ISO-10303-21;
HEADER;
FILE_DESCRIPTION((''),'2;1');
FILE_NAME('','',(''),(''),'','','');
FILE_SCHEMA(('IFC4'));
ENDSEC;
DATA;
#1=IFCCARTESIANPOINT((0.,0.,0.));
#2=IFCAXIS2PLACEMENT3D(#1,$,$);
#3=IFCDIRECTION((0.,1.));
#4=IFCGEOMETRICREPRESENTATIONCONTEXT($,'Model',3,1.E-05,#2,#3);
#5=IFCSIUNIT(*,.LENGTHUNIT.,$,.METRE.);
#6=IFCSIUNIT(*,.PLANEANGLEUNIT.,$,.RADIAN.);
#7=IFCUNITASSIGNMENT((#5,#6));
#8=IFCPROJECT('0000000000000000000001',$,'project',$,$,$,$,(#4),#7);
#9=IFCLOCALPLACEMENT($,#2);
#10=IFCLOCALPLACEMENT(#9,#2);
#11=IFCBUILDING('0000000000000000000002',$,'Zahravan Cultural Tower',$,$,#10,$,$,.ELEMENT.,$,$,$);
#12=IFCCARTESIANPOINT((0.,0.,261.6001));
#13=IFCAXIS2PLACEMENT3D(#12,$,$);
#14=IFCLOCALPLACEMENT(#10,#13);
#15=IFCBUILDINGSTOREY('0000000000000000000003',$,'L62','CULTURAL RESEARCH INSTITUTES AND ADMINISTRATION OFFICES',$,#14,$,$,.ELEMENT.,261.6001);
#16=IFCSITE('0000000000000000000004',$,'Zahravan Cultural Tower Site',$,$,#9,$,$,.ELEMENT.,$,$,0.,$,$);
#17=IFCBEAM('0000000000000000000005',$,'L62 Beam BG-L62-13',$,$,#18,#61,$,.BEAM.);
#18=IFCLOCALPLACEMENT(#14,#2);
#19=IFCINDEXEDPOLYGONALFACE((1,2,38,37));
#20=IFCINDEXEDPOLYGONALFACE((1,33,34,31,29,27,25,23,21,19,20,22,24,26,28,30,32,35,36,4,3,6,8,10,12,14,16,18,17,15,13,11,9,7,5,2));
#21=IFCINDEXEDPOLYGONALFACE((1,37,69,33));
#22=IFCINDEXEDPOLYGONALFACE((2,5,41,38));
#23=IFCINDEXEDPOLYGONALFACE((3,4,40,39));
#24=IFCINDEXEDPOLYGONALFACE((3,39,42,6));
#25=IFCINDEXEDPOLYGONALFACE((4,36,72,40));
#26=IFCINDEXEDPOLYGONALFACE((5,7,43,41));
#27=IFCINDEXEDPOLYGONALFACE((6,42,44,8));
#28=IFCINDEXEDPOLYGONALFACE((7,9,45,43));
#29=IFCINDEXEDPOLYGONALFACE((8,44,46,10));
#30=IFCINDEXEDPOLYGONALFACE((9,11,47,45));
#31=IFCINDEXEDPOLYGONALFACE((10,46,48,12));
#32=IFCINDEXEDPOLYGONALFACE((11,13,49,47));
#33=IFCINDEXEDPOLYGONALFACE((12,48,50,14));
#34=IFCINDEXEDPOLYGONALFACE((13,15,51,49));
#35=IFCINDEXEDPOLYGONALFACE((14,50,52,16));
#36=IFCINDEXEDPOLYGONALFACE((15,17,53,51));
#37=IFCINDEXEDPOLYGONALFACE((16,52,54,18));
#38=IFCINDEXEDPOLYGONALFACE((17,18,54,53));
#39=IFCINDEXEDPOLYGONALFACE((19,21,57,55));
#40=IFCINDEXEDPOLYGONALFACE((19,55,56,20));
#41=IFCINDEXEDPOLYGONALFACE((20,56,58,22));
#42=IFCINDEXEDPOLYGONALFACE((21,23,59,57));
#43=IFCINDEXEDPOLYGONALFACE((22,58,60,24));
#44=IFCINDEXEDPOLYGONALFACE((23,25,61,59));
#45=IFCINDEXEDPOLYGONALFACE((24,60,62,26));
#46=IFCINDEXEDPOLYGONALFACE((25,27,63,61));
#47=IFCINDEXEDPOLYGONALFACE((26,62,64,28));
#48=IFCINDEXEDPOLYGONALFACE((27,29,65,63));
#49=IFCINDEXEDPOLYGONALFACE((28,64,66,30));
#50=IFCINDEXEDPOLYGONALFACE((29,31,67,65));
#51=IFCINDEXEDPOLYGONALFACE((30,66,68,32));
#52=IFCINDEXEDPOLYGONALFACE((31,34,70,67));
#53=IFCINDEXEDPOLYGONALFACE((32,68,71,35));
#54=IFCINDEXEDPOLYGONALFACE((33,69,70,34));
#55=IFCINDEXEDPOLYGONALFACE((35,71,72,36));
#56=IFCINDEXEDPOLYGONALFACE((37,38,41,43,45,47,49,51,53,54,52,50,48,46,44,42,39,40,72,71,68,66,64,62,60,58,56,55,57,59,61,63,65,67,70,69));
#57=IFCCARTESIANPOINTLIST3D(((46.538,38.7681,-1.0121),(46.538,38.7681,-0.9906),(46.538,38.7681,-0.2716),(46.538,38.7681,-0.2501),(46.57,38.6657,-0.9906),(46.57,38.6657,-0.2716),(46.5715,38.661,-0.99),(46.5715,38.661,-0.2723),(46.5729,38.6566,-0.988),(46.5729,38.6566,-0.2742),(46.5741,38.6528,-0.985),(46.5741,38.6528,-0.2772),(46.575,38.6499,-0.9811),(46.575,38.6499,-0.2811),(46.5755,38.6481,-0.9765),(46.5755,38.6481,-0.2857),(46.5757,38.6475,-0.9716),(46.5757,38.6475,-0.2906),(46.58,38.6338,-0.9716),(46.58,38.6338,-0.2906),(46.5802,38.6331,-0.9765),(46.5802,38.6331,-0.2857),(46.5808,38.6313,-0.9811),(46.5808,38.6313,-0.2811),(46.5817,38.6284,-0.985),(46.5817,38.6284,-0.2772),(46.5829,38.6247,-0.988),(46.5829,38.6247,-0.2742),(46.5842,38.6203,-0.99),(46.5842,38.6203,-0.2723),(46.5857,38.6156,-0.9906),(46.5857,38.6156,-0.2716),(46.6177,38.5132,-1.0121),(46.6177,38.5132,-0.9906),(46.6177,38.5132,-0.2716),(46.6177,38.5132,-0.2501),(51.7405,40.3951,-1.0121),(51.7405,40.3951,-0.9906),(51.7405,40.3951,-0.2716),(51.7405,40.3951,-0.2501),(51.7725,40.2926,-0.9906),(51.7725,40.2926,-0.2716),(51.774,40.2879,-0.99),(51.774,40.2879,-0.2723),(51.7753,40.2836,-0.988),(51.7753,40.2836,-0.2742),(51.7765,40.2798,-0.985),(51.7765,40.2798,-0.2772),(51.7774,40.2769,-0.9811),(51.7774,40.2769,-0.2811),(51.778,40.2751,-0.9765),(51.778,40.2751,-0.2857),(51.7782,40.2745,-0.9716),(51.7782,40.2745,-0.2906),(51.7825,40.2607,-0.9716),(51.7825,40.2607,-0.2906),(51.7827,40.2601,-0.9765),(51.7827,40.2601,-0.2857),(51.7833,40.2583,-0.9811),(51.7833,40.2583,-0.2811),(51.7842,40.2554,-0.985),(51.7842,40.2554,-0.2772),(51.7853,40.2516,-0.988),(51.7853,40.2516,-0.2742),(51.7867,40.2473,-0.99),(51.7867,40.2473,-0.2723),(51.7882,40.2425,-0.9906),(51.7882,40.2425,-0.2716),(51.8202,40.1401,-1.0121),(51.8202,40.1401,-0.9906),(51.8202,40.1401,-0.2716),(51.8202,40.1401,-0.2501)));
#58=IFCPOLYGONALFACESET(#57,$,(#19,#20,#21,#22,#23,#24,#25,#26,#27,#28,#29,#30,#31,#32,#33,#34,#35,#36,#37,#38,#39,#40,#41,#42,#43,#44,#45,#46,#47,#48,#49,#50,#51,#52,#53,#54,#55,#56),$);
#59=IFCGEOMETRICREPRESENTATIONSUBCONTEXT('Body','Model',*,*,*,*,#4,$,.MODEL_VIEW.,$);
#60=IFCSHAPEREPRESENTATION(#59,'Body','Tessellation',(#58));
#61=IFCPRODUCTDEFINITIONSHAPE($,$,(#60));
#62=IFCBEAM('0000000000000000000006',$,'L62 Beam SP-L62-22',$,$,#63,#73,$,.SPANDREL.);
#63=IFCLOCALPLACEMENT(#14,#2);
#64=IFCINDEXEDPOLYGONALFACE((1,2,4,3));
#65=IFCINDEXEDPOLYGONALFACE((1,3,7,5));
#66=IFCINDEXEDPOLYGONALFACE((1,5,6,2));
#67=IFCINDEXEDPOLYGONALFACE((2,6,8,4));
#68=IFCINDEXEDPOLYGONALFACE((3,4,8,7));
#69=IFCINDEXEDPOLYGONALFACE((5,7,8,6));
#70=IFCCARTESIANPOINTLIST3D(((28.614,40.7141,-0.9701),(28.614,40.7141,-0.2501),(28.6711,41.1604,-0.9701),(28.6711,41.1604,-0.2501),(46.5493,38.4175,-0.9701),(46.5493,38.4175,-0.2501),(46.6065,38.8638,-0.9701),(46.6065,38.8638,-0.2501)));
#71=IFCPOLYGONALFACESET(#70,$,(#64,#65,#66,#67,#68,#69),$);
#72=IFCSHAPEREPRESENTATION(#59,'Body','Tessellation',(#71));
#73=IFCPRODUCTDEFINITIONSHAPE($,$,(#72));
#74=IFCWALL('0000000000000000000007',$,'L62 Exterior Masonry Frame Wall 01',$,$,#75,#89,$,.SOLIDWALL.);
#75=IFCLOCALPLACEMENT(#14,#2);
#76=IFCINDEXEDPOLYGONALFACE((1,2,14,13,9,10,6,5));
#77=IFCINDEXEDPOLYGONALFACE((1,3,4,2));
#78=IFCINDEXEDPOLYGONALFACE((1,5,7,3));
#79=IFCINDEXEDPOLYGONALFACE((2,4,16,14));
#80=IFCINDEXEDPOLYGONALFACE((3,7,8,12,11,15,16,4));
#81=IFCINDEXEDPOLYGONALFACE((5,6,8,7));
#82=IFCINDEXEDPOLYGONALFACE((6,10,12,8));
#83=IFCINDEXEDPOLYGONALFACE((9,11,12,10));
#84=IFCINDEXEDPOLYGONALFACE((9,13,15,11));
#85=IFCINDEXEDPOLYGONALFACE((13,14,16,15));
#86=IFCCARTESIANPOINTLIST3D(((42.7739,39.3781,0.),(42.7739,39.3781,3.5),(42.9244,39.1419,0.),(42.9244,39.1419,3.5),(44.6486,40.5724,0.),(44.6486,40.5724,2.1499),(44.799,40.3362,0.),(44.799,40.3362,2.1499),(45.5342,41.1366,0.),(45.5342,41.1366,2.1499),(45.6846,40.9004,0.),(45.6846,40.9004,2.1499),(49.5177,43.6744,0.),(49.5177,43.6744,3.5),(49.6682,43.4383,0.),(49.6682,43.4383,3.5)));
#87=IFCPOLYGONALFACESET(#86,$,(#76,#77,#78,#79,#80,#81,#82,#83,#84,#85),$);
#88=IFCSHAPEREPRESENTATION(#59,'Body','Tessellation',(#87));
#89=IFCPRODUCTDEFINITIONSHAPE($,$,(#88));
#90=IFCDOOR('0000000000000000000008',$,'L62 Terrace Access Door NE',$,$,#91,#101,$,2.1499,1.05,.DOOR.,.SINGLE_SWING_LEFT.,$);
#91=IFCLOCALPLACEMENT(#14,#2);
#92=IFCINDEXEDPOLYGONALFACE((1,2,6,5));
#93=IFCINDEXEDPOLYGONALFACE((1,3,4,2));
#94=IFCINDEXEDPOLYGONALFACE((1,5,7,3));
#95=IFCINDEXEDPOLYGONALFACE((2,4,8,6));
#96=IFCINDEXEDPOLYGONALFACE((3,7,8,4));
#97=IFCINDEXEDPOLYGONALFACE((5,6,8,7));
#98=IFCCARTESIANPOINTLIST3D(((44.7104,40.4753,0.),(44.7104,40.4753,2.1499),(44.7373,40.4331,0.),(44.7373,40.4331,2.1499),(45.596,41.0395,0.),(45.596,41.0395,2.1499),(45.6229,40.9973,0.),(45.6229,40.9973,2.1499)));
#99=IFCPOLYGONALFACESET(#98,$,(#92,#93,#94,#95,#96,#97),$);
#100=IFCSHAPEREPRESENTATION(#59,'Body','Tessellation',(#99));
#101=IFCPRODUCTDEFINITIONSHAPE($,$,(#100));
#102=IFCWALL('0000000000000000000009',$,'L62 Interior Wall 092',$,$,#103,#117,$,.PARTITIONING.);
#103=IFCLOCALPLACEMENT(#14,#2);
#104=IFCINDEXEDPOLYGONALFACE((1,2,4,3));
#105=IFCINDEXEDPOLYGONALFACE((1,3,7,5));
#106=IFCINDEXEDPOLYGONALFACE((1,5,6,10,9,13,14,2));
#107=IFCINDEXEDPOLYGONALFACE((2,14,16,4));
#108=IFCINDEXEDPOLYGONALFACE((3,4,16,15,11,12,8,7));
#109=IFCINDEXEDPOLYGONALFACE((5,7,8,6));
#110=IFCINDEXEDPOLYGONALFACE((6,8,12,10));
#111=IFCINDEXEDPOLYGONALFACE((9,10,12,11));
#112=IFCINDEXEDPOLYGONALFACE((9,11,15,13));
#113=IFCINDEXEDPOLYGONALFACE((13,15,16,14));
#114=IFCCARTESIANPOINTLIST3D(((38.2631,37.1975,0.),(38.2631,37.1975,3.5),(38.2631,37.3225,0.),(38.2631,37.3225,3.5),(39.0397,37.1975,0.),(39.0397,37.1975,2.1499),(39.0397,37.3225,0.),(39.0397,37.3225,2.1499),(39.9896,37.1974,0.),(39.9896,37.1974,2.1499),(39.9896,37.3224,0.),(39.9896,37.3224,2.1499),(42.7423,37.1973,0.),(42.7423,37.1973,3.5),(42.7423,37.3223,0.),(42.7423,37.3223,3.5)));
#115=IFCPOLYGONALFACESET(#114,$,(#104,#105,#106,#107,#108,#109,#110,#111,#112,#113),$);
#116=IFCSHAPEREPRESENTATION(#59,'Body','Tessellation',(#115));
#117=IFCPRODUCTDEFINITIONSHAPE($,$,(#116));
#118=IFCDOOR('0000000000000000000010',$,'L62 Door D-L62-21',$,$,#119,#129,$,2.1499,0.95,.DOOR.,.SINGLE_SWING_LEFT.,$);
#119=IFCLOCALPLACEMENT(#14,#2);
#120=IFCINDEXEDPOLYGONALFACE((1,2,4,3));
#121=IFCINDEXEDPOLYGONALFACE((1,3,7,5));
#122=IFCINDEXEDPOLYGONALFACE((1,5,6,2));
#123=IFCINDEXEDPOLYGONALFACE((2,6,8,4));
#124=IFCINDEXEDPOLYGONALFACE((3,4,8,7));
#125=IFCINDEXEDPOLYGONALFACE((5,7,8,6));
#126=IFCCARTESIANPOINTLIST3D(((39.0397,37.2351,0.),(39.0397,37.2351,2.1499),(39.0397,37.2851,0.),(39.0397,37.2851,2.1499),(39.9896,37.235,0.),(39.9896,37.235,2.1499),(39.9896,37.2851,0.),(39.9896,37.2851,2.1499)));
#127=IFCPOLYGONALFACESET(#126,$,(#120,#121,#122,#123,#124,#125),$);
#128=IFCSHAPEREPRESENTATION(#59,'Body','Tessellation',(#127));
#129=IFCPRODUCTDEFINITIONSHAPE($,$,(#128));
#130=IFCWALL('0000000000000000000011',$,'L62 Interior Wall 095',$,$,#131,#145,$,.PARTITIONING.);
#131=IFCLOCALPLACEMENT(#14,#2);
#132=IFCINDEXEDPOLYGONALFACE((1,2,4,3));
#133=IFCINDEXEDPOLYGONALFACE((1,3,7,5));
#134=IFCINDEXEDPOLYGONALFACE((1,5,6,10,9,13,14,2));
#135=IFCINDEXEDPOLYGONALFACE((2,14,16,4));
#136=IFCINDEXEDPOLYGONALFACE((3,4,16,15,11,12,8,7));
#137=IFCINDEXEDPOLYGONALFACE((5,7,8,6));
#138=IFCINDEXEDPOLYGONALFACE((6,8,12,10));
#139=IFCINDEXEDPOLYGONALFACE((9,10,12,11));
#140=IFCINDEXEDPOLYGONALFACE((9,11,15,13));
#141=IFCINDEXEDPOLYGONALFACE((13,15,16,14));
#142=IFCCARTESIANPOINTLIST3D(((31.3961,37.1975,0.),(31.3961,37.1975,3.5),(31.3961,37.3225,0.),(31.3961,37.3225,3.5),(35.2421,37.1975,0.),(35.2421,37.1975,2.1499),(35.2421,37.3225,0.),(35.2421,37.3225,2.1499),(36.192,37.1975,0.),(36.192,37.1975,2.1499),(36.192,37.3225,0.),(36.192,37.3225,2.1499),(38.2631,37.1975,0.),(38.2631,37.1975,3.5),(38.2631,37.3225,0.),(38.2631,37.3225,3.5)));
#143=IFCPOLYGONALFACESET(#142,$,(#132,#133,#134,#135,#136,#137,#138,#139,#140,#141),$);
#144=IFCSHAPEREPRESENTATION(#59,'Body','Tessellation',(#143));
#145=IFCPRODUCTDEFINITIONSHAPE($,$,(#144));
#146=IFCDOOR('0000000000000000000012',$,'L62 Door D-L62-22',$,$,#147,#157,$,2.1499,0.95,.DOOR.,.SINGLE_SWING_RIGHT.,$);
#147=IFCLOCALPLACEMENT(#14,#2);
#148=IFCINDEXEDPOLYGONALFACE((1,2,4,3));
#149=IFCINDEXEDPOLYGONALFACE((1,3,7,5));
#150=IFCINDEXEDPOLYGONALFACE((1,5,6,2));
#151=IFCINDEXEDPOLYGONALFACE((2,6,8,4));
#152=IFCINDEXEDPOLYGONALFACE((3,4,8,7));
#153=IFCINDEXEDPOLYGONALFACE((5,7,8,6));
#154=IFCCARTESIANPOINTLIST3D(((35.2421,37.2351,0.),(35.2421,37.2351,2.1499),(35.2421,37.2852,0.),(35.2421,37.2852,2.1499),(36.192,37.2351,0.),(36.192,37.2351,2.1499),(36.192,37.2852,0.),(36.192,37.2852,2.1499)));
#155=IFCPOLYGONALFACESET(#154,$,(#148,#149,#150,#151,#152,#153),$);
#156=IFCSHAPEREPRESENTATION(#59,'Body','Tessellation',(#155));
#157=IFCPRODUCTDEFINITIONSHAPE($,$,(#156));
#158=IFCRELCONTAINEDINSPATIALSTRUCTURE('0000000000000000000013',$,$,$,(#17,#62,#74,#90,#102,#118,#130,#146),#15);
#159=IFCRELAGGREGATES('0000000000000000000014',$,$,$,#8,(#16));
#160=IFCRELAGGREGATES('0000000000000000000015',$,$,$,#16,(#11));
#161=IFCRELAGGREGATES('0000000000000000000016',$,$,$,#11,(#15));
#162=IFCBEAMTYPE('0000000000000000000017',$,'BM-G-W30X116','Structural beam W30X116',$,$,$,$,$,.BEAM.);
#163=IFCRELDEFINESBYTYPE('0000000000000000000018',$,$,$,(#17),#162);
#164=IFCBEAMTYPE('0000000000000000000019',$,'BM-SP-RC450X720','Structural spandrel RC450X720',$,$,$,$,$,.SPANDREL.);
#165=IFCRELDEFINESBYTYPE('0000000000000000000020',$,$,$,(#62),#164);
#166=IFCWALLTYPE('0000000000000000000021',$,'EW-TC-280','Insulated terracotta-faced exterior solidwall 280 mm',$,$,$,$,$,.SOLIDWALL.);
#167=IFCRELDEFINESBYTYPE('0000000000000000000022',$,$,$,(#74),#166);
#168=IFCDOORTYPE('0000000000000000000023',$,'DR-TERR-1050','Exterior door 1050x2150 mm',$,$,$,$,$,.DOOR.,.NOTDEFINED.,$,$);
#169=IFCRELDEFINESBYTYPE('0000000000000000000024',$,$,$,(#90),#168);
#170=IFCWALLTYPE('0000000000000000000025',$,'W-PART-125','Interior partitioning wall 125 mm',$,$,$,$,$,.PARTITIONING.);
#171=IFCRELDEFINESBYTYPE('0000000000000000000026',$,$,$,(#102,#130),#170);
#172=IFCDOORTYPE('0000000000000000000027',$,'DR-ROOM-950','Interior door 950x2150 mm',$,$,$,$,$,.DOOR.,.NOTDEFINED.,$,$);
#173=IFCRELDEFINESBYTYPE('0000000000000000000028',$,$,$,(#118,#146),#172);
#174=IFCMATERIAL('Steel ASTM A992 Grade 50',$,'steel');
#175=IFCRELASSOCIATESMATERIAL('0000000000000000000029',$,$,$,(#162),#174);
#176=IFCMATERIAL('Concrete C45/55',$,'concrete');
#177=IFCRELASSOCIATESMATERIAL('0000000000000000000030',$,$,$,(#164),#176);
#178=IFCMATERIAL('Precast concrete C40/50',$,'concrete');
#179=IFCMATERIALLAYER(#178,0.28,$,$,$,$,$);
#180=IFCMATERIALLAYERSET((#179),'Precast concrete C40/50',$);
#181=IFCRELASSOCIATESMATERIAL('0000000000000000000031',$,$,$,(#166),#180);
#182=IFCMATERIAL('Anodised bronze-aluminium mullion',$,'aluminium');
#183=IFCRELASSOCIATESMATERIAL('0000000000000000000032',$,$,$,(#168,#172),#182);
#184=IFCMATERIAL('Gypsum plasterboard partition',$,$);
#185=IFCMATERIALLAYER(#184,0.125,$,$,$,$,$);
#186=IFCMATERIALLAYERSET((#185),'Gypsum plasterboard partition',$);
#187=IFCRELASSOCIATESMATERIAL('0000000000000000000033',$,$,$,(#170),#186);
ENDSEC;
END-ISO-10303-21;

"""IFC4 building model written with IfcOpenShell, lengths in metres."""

from ifc_helpers import new_model, si_unit, direction, frame, frame_2d, origin, origin_2d, place, context, subcontext, project, spatial, rectangle, i_section, extrude, source, transform, mapped, material, layer, layer_set, material_profile, profile_set, type_object, element, fill, save


model = new_model("IFC4")

# Units and contexts
model_context = context("Model", 3, precision=1e-05, world=origin(), true_north=direction((0.0, 1.0)))
body_context = subcontext(model_context, "Body", "Model", "MODEL_VIEW")
ifc_project = project(units=[si_unit("LENGTHUNIT", "METRE"), si_unit("PLANEANGLEUNIT", "RADIAN")], contexts=[model_context])

# Site, building, storey
site_placement = place(None, origin())
site = spatial("IfcSite", under=ifc_project, at=site_placement, Name="Zahravan Cultural Tower Site", CompositionType="ELEMENT", RefElevation=0.0)
building_placement = place(site_placement, origin())
building = spatial("IfcBuilding", under=site, at=building_placement, Name="Zahravan Cultural Tower", CompositionType="ELEMENT")
storey_placement = place(building_placement, frame((0.0, 0.0, 261.6001)))
storey = spatial("IfcBuildingStorey", under=building, at=storey_placement, Name="L62", Description="CULTURAL RESEARCH INSTITUTES AND ADMINISTRATION OFFICES", CompositionType="ELEMENT", Elevation=261.6001)

# Shared definitions
ifc_material_1 = material(Name="Steel ASTM A992 Grade 50", Category="steel")

# Beams
ifc_material_profile_1 = material_profile(ifc_material_1, i_section(OverallWidth=0.2671, OverallDepth=0.762, WebThickness=0.0144, FlangeThickness=0.0215, FilletRadius=0.019, at=origin_2d()), Name="W30X116")
ifc_profile_set_1 = profile_set([ifc_material_profile_1], Name="Steel ASTM A992 Grade 50")
beam_type_1 = type_object("IfcBeamType", Name="BM-G-W30X116", Description="Structural beam W30X116", PredefinedType="BEAM", material=ifc_profile_set_1)
shared_shape_1 = source(origin(), body_context, "Body", "SweptSolid", [
    extrude(i_section(OverallWidth=0.2671, OverallDepth=0.762, WebThickness=0.0144, FlangeThickness=0.0215, FilletRadius=0.019, at=origin_2d()), origin(), (0.0, 0.0, 1.0), 5.4509),
])
beam_1_placement = place(storey_placement, frame((46.5779, 38.6406, -0.6311), z_axis=(0.954417, 0.298476, 0.0), x_axis=(-0.298476, 0.954417, 0.0)))
element("IfcBeam", 1, at=beam_1_placement, inside=storey, type_object=beam_type_1, Name="L62 Beam BG-L62-13", PredefinedType="BEAM", context=body_context, shape_type="MappedRepresentation", body=[
    mapped(shared_shape_1, transform((0.0, 0.0, 0.0), x_axis=(1.0, 0.0, 0.0), y_axis=(0.0, 1.0, 0.0), z_axis=(0.0, 0.0, 1.0), scale=1.0)),
])
ifc_material_2 = material(Name="Concrete C45/55", Category="concrete")
ifc_material_profile_2 = material_profile(ifc_material_2, rectangle(XDim=0.45, YDim=0.72, at=origin_2d()), Name="RC450X720")
ifc_profile_set_2 = profile_set([ifc_material_profile_2], Name="Concrete C45/55")
beam_type_2 = type_object("IfcBeamType", Name="BM-SP-RC450X720", Description="Structural spandrel RC450X720", PredefinedType="SPANDREL", material=ifc_profile_set_2)
shared_shape_2 = source(origin(), body_context, "Body", "SweptSolid", [
    extrude(rectangle(XDim=0.45, YDim=0.72, at=origin_2d()), origin(), (0.0, 0.0, 1.0), 18.0818),
])
beam_2_placement = place(storey_placement, frame((46.5779, 38.6406, -0.6101), z_axis=(-0.991901, 0.127014, 0.0), x_axis=(-0.127014, -0.991901, 0.0)))
element("IfcBeam", 2, at=beam_2_placement, inside=storey, type_object=beam_type_2, Name="L62 Beam SP-L62-22", PredefinedType="SPANDREL", context=body_context, shape_type="MappedRepresentation", body=[
    mapped(shared_shape_2, transform((0.0, 0.0, 0.0), x_axis=(1.0, 0.0, 0.0), y_axis=(0.0, 1.0, 0.0), z_axis=(0.0, 0.0, 1.0), scale=1.0)),
])

# Walls, openings, doors
ifc_material_3 = material(Name="Precast concrete C40/50", Category="concrete")
ifc_layer_1 = layer(ifc_material_3, 0.28)
ifc_layer_set_1 = layer_set([ifc_layer_1], Name="Precast concrete C40/50")
wall_type_1 = type_object("IfcWallType", Name="EW-TC-280", Description="Insulated terracotta-faced exterior solidwall 280 mm", PredefinedType="SOLIDWALL", material=ifc_layer_set_1)
wall_1_placement = place(storey_placement, frame((42.8491, 39.26, 0.0), z_axis=(0.0, 0.0, 1.0), x_axis=(0.843389, 0.537304, 0.0)))
wall_1 = element("IfcWall", 3, at=wall_1_placement, inside=storey, type_object=wall_type_1, Name="L62 Exterior Masonry Frame Wall 01", PredefinedType="SOLIDWALL", context=body_context, shape_type="SweptSolid", body=[
    extrude(rectangle(XDim=7.9961, YDim=0.28, at=frame_2d((3.998, 0.0))), origin(), (0.0, 0.0, 1.0), 3.5),
])
opening_1_placement = place(wall_1_placement, frame((2.2229, 0.0, 0.0)))
opening_1 = element("IfcOpeningElement", 4, at=opening_1_placement, cuts=wall_1, PredefinedType="OPENING", context=body_context, shape_type="SweptSolid", body=[
    extrude(rectangle(XDim=1.05, YDim=2.1499, at=frame_2d((0.5249, 1.075))), frame((0.0, 0.1499, 0.0), z_axis=(0.0, -1.0, 0.0), x_axis=(1.0, 0.0, 0.0)), (0.0, 0.0, 1.0), 0.3),
])
ifc_material_4 = material(Name="Anodised bronze-aluminium mullion", Category="aluminium")
door_type_1 = type_object("IfcDoorType", Name="DR-TERR-1050", Description="Exterior door 1050x2150 mm", OperationType="NOTDEFINED", PredefinedType="DOOR", material=ifc_material_4)
shared_shape_3 = source(origin(), body_context, "Body", "SweptSolid", [
    extrude(rectangle(XDim=1.05, YDim=2.1499, at=frame_2d((0.5249, 1.075))), frame((0.0, 0.0249, 0.0), z_axis=(0.0, -1.0, 0.0), x_axis=(1.0, 0.0, 0.0)), (0.0, 0.0, 1.0), 0.05),
])
door_1_placement = place(opening_1_placement, origin())
door_1 = element("IfcDoor", 5, at=door_1_placement, inside=storey, type_object=door_type_1, Name="L62 Terrace Access Door NE", OperationType="SINGLE_SWING_LEFT", OverallHeight=2.1499, OverallWidth=1.05, PredefinedType="DOOR", context=body_context, shape_type="MappedRepresentation", body=[
    mapped(shared_shape_3, transform((0.0, 0.0, 0.0), x_axis=(1.0, 0.0, 0.0), y_axis=(0.0, 1.0, 0.0), z_axis=(0.0, 0.0, 1.0), scale=1.0)),
])
fill(opening_1, door_1)
ifc_material_5 = material(Name="Gypsum plasterboard partition")
ifc_layer_2 = layer(ifc_material_5, 0.125)
ifc_layer_set_2 = layer_set([ifc_layer_2], Name="Gypsum plasterboard partition")
wall_type_2 = type_object("IfcWallType", Name="W-PART-125", Description="Interior partitioning wall 125 mm", PredefinedType="PARTITIONING", material=ifc_layer_set_2)
wall_2_placement = place(storey_placement, frame((42.7424, 37.2598, 0.0), z_axis=(0.0, 0.0, 1.0), x_axis=(-1.0, 0.000055, 0.0)))
wall_2 = element("IfcWall", 6, at=wall_2_placement, inside=storey, type_object=wall_type_2, Name="L62 Interior Wall 092", PredefinedType="PARTITIONING", context=body_context, shape_type="SweptSolid", body=[
    extrude(rectangle(XDim=4.4792, YDim=0.125, at=frame_2d((2.2397, 0.0))), origin(), (0.0, 0.0, 1.0), 3.5),
])
opening_2_placement = place(wall_2_placement, frame((2.7527, 0.0, 0.0)))
opening_2 = element("IfcOpeningElement", 7, at=opening_2_placement, cuts=wall_2, PredefinedType="OPENING", context=body_context, shape_type="SweptSolid", body=[
    extrude(rectangle(XDim=0.95, YDim=2.1499, at=frame_2d((0.4751, 1.075))), frame((0.0, 0.0725, 0.0), z_axis=(0.0, -1.0, 0.0), x_axis=(1.0, 0.0, 0.0)), (0.0, 0.0, 1.0), 0.145),
])
door_type_2 = type_object("IfcDoorType", Name="DR-ROOM-950", Description="Interior door 950x2150 mm", OperationType="NOTDEFINED", PredefinedType="DOOR", material=ifc_material_4)
shared_shape_4 = source(origin(), body_context, "Body", "SweptSolid", [
    extrude(rectangle(XDim=0.95, YDim=2.1499, at=frame_2d((0.4751, 1.075))), frame((0.0, 0.0249, 0.0), z_axis=(0.0, -1.0, 0.0), x_axis=(1.0, 0.0, 0.0)), (0.0, 0.0, 1.0), 0.05),
])
door_2_placement = place(opening_2_placement, origin())
door_2 = element("IfcDoor", 8, at=door_2_placement, inside=storey, type_object=door_type_2, Name="L62 Door D-L62-21", OperationType="SINGLE_SWING_LEFT", OverallHeight=2.1499, OverallWidth=0.95, PredefinedType="DOOR", context=body_context, shape_type="MappedRepresentation", body=[
    mapped(shared_shape_4, transform((0.0, 0.0, 0.0), x_axis=(1.0, 0.0, 0.0), y_axis=(0.0, 1.0, 0.0), z_axis=(0.0, 0.0, 1.0), scale=1.0)),
])
fill(opening_2, door_2)
wall_3_placement = place(storey_placement, frame((38.2632, 37.26, 0.0), z_axis=(0.0, 0.0, 1.0), x_axis=(-1.0, 0.0, 0.0)))
wall_3 = element("IfcWall", 9, at=wall_3_placement, inside=storey, type_object=wall_type_2, Name="L62 Interior Wall 095", PredefinedType="PARTITIONING", context=body_context, shape_type="SweptSolid", body=[
    extrude(rectangle(XDim=6.8669, YDim=0.125, at=frame_2d((3.4336, 0.0))), origin(), (0.0, 0.0, 1.0), 3.5),
])
opening_3_placement = place(wall_3_placement, frame((2.071, 0.0, 0.0)))
opening_3 = element("IfcOpeningElement", 10, at=opening_3_placement, cuts=wall_3, PredefinedType="OPENING", context=body_context, shape_type="SweptSolid", body=[
    extrude(rectangle(XDim=0.95, YDim=2.1499, at=frame_2d((0.4751, 1.075))), frame((0.0, 0.0725, 0.0), z_axis=(0.0, -1.0, 0.0), x_axis=(1.0, 0.0, 0.0)), (0.0, 0.0, 1.0), 0.145),
])
door_3_placement = place(opening_3_placement, origin())
door_3 = element("IfcDoor", 11, at=door_3_placement, inside=storey, type_object=door_type_2, Name="L62 Door D-L62-22", OperationType="SINGLE_SWING_RIGHT", OverallHeight=2.1499, OverallWidth=0.95, PredefinedType="DOOR", context=body_context, shape_type="MappedRepresentation", body=[
    mapped(shared_shape_4, transform((0.0, 0.0, 0.0), x_axis=(1.0, 0.0, 0.0), y_axis=(0.0, 1.0, 0.0), z_axis=(0.0, 0.0, 1.0), scale=1.0)),
])
fill(opening_3, door_3)

save(model, "model.ifc")
